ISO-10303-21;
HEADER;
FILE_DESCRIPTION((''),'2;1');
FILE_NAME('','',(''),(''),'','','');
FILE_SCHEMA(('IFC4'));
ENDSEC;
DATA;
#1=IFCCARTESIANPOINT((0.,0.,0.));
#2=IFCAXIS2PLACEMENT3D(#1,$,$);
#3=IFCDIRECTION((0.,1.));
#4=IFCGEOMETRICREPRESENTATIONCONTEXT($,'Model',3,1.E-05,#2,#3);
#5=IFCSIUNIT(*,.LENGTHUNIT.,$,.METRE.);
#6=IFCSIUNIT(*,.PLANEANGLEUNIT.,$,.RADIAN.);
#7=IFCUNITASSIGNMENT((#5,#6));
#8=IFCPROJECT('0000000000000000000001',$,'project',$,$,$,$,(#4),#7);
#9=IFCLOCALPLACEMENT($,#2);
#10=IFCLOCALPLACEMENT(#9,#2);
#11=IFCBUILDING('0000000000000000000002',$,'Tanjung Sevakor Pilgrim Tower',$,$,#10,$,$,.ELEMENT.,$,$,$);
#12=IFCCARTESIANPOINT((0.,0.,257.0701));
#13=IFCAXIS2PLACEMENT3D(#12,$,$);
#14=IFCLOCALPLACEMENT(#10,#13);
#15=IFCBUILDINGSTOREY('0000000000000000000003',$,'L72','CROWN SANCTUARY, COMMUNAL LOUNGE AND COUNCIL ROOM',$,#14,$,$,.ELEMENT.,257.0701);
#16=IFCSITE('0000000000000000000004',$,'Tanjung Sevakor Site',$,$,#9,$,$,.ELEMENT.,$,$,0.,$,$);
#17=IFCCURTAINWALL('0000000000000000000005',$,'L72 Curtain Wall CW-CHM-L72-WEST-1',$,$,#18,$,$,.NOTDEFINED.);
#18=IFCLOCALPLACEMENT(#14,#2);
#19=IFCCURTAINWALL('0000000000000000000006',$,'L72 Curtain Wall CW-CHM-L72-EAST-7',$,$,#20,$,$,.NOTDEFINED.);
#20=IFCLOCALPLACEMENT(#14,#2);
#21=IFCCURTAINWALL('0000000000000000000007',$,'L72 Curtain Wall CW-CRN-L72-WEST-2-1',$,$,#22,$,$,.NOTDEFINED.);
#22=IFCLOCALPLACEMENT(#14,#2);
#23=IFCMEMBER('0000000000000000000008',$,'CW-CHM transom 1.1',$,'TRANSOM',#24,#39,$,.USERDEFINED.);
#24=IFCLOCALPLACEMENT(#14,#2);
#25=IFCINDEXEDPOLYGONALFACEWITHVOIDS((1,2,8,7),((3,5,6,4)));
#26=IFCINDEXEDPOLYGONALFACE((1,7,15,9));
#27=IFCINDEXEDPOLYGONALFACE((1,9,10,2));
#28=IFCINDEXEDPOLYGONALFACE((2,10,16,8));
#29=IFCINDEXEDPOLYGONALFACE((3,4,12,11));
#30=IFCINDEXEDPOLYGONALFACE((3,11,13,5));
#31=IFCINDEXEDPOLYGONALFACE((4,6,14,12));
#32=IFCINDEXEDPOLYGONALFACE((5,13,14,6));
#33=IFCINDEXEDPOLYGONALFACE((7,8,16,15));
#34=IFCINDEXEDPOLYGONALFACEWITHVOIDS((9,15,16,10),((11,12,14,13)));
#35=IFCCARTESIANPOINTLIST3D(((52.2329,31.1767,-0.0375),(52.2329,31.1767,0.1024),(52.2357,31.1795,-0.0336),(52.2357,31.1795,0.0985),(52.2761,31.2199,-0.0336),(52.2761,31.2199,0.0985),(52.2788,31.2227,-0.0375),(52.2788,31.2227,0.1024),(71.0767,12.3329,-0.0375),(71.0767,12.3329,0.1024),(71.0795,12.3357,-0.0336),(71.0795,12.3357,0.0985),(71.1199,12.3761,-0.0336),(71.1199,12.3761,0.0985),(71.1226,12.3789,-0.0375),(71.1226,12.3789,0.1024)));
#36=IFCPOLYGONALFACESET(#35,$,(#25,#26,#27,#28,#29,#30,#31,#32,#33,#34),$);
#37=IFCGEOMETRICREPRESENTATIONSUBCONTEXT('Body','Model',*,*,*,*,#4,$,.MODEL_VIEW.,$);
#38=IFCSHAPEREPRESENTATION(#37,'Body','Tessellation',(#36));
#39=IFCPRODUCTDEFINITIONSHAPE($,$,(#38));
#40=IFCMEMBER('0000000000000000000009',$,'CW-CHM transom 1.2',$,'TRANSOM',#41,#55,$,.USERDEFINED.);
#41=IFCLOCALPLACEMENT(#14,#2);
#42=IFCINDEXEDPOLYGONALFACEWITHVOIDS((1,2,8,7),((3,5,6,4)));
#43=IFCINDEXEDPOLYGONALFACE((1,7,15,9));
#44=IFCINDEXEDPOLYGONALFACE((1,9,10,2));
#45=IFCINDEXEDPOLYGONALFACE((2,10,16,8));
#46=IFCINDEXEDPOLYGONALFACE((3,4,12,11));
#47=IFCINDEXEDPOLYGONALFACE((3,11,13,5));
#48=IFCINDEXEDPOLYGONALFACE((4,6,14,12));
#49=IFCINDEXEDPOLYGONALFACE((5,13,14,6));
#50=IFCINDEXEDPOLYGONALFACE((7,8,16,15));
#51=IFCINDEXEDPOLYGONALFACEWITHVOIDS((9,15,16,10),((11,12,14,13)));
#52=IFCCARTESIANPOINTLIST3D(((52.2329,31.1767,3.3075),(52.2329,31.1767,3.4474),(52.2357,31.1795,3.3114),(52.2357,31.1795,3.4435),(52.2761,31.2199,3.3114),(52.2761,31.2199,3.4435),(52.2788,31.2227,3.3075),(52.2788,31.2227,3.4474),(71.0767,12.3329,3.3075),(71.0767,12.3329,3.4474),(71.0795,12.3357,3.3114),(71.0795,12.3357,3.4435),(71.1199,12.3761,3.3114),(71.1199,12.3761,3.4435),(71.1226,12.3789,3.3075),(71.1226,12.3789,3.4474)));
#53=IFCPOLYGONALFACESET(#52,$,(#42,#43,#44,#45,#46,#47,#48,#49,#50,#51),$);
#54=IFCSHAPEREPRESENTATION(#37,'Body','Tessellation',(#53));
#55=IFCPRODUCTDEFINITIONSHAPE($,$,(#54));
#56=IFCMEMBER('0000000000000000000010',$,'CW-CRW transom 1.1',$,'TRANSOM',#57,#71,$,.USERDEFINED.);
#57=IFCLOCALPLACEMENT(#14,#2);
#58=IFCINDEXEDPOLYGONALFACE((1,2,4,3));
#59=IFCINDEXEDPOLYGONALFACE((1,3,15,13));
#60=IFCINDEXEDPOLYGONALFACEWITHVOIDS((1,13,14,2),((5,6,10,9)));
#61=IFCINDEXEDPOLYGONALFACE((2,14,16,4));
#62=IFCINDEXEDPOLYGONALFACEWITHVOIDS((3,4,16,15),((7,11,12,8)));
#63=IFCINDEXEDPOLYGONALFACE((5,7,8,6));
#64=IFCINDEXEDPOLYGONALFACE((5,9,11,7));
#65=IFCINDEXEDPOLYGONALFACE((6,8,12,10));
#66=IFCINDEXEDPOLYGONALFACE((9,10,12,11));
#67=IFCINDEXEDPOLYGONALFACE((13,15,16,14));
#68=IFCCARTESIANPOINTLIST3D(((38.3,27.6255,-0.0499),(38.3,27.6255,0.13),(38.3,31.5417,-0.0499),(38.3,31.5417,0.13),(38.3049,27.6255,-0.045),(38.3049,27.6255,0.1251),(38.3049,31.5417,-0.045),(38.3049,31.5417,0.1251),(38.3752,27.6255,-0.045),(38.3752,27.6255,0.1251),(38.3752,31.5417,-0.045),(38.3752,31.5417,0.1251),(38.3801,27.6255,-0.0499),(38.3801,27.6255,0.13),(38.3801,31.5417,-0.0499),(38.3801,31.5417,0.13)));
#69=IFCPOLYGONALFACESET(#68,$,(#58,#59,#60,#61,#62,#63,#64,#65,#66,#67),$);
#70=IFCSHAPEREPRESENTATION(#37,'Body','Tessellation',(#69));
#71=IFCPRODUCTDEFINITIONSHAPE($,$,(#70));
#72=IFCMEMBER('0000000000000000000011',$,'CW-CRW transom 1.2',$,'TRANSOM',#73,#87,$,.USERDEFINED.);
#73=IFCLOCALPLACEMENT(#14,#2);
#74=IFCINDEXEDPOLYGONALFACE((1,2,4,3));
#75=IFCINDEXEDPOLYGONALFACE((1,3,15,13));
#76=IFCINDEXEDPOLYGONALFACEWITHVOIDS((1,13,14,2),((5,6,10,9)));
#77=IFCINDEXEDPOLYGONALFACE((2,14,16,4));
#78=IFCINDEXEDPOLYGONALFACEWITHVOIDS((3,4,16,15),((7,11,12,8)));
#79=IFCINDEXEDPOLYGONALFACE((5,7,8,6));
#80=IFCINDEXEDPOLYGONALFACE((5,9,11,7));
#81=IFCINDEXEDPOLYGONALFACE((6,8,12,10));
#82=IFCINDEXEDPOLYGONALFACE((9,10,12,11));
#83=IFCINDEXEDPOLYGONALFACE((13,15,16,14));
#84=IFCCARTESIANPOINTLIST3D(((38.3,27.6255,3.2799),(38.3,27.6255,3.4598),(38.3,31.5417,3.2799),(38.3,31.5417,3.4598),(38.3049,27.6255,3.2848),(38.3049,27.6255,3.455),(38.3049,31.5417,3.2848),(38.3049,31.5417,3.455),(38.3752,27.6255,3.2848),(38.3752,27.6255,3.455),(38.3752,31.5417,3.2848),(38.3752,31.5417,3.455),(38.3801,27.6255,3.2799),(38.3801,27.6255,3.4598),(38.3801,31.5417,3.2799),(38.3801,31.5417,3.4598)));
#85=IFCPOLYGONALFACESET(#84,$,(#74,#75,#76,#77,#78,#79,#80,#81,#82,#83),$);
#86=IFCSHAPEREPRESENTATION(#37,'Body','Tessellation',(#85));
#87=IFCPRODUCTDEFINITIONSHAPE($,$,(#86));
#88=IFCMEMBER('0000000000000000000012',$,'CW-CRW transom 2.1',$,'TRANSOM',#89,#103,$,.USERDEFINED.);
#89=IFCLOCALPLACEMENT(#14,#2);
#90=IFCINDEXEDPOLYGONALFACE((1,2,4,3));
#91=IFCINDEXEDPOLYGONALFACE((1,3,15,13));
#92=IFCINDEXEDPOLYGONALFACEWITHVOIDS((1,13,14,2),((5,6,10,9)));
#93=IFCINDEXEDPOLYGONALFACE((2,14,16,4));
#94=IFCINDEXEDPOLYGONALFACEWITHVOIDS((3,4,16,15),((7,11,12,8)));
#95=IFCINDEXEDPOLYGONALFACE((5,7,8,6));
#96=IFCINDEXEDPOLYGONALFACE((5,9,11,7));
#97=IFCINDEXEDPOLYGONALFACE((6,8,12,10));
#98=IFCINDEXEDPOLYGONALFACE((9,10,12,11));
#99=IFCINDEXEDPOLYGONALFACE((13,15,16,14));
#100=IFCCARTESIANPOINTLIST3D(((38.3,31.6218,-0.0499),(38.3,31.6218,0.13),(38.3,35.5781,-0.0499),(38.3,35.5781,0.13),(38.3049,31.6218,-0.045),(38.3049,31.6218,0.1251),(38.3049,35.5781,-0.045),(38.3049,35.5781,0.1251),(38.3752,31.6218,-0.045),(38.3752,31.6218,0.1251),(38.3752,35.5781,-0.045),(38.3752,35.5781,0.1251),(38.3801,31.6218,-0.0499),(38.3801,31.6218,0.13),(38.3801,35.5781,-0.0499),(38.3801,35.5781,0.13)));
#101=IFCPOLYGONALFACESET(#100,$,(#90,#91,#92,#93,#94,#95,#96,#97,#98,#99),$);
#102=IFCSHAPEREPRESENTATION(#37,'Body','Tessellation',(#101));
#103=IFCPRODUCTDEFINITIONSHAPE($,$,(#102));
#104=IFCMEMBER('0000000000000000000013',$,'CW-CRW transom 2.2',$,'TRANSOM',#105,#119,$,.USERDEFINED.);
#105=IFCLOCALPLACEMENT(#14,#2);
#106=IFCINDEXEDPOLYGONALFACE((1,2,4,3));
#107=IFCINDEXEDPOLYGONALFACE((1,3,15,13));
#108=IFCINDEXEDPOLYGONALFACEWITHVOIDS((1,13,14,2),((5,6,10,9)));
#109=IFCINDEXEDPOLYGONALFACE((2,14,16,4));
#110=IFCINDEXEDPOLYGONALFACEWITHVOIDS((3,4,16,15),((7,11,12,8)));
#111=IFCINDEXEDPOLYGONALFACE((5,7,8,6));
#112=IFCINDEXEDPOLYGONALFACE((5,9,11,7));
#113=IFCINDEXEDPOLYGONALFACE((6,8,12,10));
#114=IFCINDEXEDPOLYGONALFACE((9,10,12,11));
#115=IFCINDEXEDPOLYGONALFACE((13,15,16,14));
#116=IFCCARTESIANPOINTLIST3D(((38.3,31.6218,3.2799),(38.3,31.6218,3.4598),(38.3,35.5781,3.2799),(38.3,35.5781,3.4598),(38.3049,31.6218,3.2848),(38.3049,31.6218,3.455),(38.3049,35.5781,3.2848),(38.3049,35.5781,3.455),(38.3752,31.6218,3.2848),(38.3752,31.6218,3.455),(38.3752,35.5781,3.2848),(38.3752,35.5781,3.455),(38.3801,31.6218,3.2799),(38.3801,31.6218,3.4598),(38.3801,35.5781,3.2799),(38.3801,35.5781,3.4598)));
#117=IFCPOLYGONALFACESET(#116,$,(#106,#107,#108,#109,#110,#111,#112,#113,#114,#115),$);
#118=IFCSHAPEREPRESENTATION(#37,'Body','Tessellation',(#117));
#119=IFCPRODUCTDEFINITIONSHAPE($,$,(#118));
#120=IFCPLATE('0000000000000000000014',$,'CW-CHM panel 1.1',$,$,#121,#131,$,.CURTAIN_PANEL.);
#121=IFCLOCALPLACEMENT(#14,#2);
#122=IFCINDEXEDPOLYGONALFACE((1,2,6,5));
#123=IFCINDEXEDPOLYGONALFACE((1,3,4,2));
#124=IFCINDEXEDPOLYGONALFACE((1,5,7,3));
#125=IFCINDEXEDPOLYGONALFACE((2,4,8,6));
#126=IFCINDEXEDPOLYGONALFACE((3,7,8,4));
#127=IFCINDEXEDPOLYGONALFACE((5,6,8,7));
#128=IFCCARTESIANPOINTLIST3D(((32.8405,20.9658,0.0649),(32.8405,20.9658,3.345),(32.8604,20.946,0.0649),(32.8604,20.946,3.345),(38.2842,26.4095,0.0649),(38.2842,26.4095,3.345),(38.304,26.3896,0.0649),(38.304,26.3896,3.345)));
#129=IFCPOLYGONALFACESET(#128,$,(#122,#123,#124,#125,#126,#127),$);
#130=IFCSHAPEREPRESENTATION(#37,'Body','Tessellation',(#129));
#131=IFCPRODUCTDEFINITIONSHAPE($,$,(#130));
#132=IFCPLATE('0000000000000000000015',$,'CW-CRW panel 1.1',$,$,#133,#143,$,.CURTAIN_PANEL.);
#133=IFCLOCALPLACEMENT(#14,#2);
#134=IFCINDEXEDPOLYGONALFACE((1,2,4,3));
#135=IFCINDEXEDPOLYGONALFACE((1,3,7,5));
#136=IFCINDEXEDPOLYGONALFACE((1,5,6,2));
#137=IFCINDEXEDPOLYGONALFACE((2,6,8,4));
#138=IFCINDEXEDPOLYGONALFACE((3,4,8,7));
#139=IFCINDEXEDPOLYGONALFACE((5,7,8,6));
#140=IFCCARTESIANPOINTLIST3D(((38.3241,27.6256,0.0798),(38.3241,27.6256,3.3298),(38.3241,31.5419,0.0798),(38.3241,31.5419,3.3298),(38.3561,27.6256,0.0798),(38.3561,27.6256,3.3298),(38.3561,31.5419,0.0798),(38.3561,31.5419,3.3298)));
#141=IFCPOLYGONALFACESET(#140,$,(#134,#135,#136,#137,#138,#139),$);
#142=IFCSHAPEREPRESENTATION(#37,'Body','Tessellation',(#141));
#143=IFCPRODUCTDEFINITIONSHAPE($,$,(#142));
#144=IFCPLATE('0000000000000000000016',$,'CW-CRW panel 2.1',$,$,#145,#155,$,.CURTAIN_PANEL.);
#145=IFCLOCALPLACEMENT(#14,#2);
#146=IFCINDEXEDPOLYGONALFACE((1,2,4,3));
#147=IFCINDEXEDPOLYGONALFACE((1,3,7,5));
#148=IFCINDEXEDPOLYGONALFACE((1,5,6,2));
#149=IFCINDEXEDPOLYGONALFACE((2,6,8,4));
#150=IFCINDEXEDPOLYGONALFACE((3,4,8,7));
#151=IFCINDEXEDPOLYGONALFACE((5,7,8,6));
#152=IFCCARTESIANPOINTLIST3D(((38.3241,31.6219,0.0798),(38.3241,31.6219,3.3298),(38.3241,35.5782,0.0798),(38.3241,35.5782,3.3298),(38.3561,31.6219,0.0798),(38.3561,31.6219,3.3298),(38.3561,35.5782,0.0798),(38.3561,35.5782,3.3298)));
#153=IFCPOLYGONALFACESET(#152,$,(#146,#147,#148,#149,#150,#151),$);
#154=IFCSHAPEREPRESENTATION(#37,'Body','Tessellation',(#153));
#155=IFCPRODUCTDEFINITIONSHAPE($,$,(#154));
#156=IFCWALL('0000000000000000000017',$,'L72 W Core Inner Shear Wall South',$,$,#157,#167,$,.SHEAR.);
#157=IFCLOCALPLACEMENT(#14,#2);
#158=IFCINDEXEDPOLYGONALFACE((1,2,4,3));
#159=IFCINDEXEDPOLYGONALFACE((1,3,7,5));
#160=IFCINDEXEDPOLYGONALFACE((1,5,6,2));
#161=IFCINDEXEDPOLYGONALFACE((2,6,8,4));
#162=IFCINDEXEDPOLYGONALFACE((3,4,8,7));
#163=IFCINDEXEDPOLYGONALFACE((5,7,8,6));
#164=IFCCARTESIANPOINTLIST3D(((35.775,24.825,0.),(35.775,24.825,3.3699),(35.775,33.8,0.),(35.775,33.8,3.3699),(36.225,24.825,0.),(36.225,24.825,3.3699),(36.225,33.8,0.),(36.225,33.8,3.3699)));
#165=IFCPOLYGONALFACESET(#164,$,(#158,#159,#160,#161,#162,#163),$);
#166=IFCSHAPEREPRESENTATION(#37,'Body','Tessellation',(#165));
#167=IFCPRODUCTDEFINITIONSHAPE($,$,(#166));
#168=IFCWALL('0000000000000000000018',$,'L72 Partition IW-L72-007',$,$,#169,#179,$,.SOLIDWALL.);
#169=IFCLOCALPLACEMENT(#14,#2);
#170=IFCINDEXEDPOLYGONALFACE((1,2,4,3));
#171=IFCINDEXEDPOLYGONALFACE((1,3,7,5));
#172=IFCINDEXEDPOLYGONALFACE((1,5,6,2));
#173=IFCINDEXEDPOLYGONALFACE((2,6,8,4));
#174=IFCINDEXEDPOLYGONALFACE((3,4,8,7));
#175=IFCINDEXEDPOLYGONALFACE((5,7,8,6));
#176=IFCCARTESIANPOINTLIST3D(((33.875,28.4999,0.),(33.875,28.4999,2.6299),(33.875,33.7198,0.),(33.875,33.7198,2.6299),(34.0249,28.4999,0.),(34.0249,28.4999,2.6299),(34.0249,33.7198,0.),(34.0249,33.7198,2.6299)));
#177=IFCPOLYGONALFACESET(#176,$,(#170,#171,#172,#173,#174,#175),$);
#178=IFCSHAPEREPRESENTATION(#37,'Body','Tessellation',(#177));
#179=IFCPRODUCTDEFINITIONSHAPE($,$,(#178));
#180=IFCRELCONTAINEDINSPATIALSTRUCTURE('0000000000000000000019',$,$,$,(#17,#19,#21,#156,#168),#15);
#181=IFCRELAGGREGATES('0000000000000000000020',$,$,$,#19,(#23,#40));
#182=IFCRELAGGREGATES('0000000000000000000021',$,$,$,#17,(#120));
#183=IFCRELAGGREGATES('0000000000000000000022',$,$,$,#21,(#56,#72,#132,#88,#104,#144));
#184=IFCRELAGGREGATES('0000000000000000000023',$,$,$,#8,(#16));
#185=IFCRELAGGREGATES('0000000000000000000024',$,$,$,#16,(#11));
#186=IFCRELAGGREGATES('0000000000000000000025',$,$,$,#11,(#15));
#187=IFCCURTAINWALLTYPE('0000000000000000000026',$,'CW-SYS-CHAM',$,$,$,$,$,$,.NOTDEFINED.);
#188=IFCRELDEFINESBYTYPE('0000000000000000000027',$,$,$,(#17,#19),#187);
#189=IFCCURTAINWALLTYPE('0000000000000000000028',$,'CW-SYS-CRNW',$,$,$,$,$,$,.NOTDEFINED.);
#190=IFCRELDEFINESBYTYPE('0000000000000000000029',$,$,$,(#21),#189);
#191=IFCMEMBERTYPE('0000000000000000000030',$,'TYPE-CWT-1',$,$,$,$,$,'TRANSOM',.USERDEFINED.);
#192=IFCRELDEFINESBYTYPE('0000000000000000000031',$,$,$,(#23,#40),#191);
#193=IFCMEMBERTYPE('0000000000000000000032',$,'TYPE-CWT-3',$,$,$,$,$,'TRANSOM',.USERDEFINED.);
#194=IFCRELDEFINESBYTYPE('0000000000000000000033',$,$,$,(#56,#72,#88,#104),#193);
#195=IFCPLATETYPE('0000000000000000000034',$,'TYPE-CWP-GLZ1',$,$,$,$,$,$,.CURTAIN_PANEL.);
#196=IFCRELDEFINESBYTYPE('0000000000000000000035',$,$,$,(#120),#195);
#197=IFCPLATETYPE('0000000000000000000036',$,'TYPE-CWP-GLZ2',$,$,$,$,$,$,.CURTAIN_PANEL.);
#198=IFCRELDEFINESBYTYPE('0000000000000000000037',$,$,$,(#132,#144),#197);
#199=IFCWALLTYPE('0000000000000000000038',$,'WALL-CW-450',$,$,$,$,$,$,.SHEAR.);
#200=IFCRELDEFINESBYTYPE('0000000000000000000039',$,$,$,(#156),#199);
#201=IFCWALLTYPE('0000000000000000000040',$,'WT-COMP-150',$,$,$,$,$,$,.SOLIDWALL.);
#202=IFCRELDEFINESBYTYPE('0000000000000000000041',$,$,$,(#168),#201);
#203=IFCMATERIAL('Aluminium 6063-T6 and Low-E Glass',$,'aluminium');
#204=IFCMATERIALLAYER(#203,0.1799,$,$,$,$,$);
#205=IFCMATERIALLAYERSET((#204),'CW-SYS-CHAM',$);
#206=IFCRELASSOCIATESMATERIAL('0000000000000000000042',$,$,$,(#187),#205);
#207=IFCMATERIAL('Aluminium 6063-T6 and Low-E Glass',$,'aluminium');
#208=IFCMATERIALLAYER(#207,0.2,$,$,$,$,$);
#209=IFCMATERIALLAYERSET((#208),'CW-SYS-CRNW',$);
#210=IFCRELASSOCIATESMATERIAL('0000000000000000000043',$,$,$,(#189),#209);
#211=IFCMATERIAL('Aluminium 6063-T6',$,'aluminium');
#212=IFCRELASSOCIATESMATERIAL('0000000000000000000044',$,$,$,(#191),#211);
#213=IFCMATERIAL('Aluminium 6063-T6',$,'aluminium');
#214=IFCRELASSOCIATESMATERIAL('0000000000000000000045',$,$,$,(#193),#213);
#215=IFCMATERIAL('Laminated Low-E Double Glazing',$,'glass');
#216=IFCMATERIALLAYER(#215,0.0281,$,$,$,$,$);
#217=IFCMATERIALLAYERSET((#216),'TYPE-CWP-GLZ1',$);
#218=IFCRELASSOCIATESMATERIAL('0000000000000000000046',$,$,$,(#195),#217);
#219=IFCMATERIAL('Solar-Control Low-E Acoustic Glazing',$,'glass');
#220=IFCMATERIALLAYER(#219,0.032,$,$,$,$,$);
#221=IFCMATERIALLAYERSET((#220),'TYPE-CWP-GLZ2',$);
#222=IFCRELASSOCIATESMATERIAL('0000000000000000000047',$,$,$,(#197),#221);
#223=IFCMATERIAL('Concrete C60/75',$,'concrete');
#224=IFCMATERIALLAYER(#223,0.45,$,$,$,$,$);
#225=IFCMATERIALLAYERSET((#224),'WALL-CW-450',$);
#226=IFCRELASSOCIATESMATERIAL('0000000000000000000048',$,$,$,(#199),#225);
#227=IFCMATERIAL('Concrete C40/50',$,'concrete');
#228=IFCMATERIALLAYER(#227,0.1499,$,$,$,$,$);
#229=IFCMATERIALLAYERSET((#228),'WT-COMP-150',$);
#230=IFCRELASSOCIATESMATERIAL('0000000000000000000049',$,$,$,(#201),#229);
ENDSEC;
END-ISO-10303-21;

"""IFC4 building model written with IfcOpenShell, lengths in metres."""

from ifc_helpers import new_model, si_unit, direction, frame, frame_2d, origin, origin_2d, place, context, subcontext, project, spatial, rectangle, hollow_rectangle, extrude, material, layer, layer_set, material_profile, profile_set, type_object, element, aggregate, save


model = new_model("IFC4")

# Units and contexts
model_context = context("Model", 3, precision=1e-05, world=origin(), true_north=direction((0.0, 1.0)))
body_context = subcontext(model_context, "Body", "Model", "MODEL_VIEW")
ifc_project = project(units=[si_unit("LENGTHUNIT", "METRE"), si_unit("PLANEANGLEUNIT", "RADIAN")], contexts=[model_context])

# Site, building, storey
site_placement = place(None, origin())
site = spatial("IfcSite", under=ifc_project, at=site_placement, Name="Tanjung Sevakor Site", CompositionType="ELEMENT", RefElevation=0.0)
building_placement = place(site_placement, origin())
building = spatial("IfcBuilding", under=site, at=building_placement, Name="Tanjung Sevakor Pilgrim Tower", CompositionType="ELEMENT")
storey_placement = place(building_placement, frame((0.0, 0.0, 257.0701)))
storey = spatial("IfcBuildingStorey", under=building, at=storey_placement, Name="L72", Description="CROWN SANCTUARY, COMMUNAL LOUNGE AND COUNCIL ROOM", CompositionType="ELEMENT", Elevation=257.0701)

# Curtain wall
ifc_material_1 = material(Name="Aluminium 6063-T6 and Low-E Glass", Category="aluminium")
ifc_layer_1 = layer(ifc_material_1, 0.1799)
ifc_layer_set_1 = layer_set([ifc_layer_1], Name="CW-SYS-CHAM")
curtain_wall_type_1 = type_object("IfcCurtainWallType", Name="CW-SYS-CHAM", PredefinedType="NOTDEFINED", material=ifc_layer_set_1)
curtain_wall_1_placement = place(storey_placement, origin())
curtain_wall_1 = element("IfcCurtainWall", 1, at=curtain_wall_1_placement, inside=storey, type_object=curtain_wall_type_1, Name="L72 Curtain Wall CW-CHM-L72-WEST-1", PredefinedType="NOTDEFINED")

# Curtain wall
curtain_wall_2_placement = place(storey_placement, origin())
curtain_wall_2 = element("IfcCurtainWall", 2, at=curtain_wall_2_placement, inside=storey, type_object=curtain_wall_type_1, Name="L72 Curtain Wall CW-CHM-L72-EAST-7", PredefinedType="NOTDEFINED")

# Curtain wall
ifc_material_2 = material(Name="Aluminium 6063-T6 and Low-E Glass", Category="aluminium")
ifc_layer_2 = layer(ifc_material_2, 0.2)
ifc_layer_set_2 = layer_set([ifc_layer_2], Name="CW-SYS-CRNW")
curtain_wall_type_2 = type_object("IfcCurtainWallType", Name="CW-SYS-CRNW", PredefinedType="NOTDEFINED", material=ifc_layer_set_2)
curtain_wall_3_placement = place(storey_placement, origin())
curtain_wall_3 = element("IfcCurtainWall", 3, at=curtain_wall_3_placement, inside=storey, type_object=curtain_wall_type_2, Name="L72 Curtain Wall CW-CRN-L72-WEST-2-1", PredefinedType="NOTDEFINED")

# Members
ifc_material_3 = material(Name="Aluminium 6063-T6", Category="aluminium")
ifc_material_profile_1 = material_profile(ifc_material_3, hollow_rectangle(XDim=0.0649, YDim=0.1399, WallThickness=0.0039, at=origin_2d()))
ifc_profile_set_1 = profile_set([ifc_material_profile_1], Name="Aluminium 6063-T6")
member_type_1 = type_object("IfcMemberType", Name="TYPE-CWT-1", ElementType="TRANSOM", PredefinedType="USERDEFINED", material=ifc_profile_set_1)
member_1_placement = place(storey_placement, frame((52.2559, 31.1997, 0.0325), z_axis=(0.707107, -0.707107, 0.0), x_axis=(0.707107, 0.707107, 0.0)))
member_1 = element("IfcMember", 4, at=member_1_placement, type_object=member_type_1, Name="CW-CHM transom 1.1", ObjectType="TRANSOM", PredefinedType="USERDEFINED", context=body_context, shape_type="SweptSolid", body=[
    extrude(hollow_rectangle(XDim=0.0649, YDim=0.1399, WallThickness=0.0039, at=origin_2d()), origin(), (0.0, 0.0, 1.0), 26.6492),
])
member_2_placement = place(storey_placement, frame((52.2559, 31.1997, 3.3774), z_axis=(0.707107, -0.707107, 0.0), x_axis=(0.707107, 0.707107, 0.0)))
member_2 = element("IfcMember", 5, at=member_2_placement, type_object=member_type_1, Name="CW-CHM transom 1.2", ObjectType="TRANSOM", PredefinedType="USERDEFINED", context=body_context, shape_type="SweptSolid", body=[
    extrude(hollow_rectangle(XDim=0.0649, YDim=0.1399, WallThickness=0.0039, at=origin_2d()), origin(), (0.0, 0.0, 1.0), 26.6492),
])
aggregate(curtain_wall_2, [member_1, member_2])
ifc_material_4 = material(Name="Aluminium 6063-T6", Category="aluminium")
ifc_material_profile_2 = material_profile(ifc_material_4, hollow_rectangle(XDim=0.0801, YDim=0.1799, WallThickness=0.0049, at=origin_2d()))
ifc_profile_set_2 = profile_set([ifc_material_profile_2], Name="Aluminium 6063-T6")
member_type_2 = type_object("IfcMemberType", Name="TYPE-CWT-3", ElementType="TRANSOM", PredefinedType="USERDEFINED", material=ifc_profile_set_2)
member_3_placement = place(storey_placement, frame((38.3401, 27.6255, 0.04), z_axis=(0.0, 1.0, 0.0), x_axis=(-1.0, 0.0, 0.0)))
member_3 = element("IfcMember", 6, at=member_3_placement, type_object=member_type_2, Name="CW-CRW transom 1.1", ObjectType="TRANSOM", PredefinedType="USERDEFINED", context=body_context, shape_type="SweptSolid", body=[
    extrude(hollow_rectangle(XDim=0.0801, YDim=0.1799, WallThickness=0.0049, at=origin_2d()), origin(), (0.0, 0.0, 1.0), 3.9163),
])
member_4_placement = place(storey_placement, frame((38.3401, 27.6255, 3.3699), z_axis=(0.0, 1.0, 0.0), x_axis=(-1.0, 0.0, 0.0)))
member_4 = element("IfcMember", 7, at=member_4_placement, type_object=member_type_2, Name="CW-CRW transom 1.2", ObjectType="TRANSOM", PredefinedType="USERDEFINED", context=body_context, shape_type="SweptSolid", body=[
    extrude(hollow_rectangle(XDim=0.0801, YDim=0.1799, WallThickness=0.0049, at=origin_2d()), origin(), (0.0, 0.0, 1.0), 3.9163),
])
member_5_placement = place(storey_placement, frame((38.3401, 31.6218, 0.04), z_axis=(0.0, 1.0, 0.0), x_axis=(-1.0, 0.0, 0.0)))
member_5 = element("IfcMember", 8, at=member_5_placement, type_object=member_type_2, Name="CW-CRW transom 2.1", ObjectType="TRANSOM", PredefinedType="USERDEFINED", context=body_context, shape_type="SweptSolid", body=[
    extrude(hollow_rectangle(XDim=0.0801, YDim=0.1799, WallThickness=0.0049, at=origin_2d()), origin(), (0.0, 0.0, 1.0), 3.9563),
])
member_6_placement = place(storey_placement, frame((38.3401, 31.6218, 3.3699), z_axis=(0.0, 1.0, 0.0), x_axis=(-1.0, 0.0, 0.0)))
member_6 = element("IfcMember", 9, at=member_6_placement, type_object=member_type_2, Name="CW-CRW transom 2.2", ObjectType="TRANSOM", PredefinedType="USERDEFINED", context=body_context, shape_type="SweptSolid", body=[
    extrude(hollow_rectangle(XDim=0.0801, YDim=0.1799, WallThickness=0.0049, at=origin_2d()), origin(), (0.0, 0.0, 1.0), 3.9563),
])

# Plates
ifc_material_5 = material(Name="Laminated Low-E Double Glazing", Category="glass")
ifc_layer_3 = layer(ifc_material_5, 0.0281)
ifc_layer_set_3 = layer_set([ifc_layer_3], Name="TYPE-CWP-GLZ1")
plate_type_1 = type_object("IfcPlateType", Name="TYPE-CWP-GLZ1", PredefinedType="CURTAIN_PANEL", material=ifc_layer_set_3)
plate_1_placement = place(storey_placement, frame((35.5723, 23.6777, 0.0649), z_axis=(0.0, 0.0, 1.0), x_axis=(0.707107, 0.707107, 0.0)))
plate_1 = element("IfcPlate", 10, at=plate_1_placement, type_object=plate_type_1, Name="CW-CHM panel 1.1", PredefinedType="CURTAIN_PANEL", context=body_context, shape_type="SweptSolid", body=[
    extrude(rectangle(XDim=7.6985, YDim=0.0281, at=origin_2d()), origin(), (0.0, 0.0, 1.0), 3.28),
])
aggregate(curtain_wall_1, [plate_1])
ifc_material_6 = material(Name="Solar-Control Low-E Acoustic Glazing", Category="glass")
ifc_layer_4 = layer(ifc_material_6, 0.032)
ifc_layer_set_4 = layer_set([ifc_layer_4], Name="TYPE-CWP-GLZ2")
plate_type_2 = type_object("IfcPlateType", Name="TYPE-CWP-GLZ2", PredefinedType="CURTAIN_PANEL", material=ifc_layer_set_4)
plate_2_placement = place(storey_placement, frame((38.3401, 29.5837, 0.0798), z_axis=(0.0, 0.0, 1.0), x_axis=(0.0, 1.0, 0.0)))
plate_2 = element("IfcPlate", 11, at=plate_2_placement, type_object=plate_type_2, Name="CW-CRW panel 1.1", PredefinedType="CURTAIN_PANEL", context=body_context, shape_type="SweptSolid", body=[
    extrude(rectangle(XDim=3.9163, YDim=0.032, at=origin_2d()), origin(), (0.0, 0.0, 1.0), 3.25),
])
plate_3_placement = place(storey_placement, frame((38.3401, 33.6001, 0.0798), z_axis=(0.0, 0.0, 1.0), x_axis=(0.0, 1.0, 0.0)))
plate_3 = element("IfcPlate", 12, at=plate_3_placement, type_object=plate_type_2, Name="CW-CRW panel 2.1", PredefinedType="CURTAIN_PANEL", context=body_context, shape_type="SweptSolid", body=[
    extrude(rectangle(XDim=3.9563, YDim=0.032, at=origin_2d()), origin(), (0.0, 0.0, 1.0), 3.25),
])
aggregate(curtain_wall_3, [member_3, member_4, plate_2, member_5, member_6, plate_3])

# Walls
ifc_material_7 = material(Name="Concrete C60/75", Category="concrete")
ifc_layer_5 = layer(ifc_material_7, 0.45)
ifc_layer_set_5 = layer_set([ifc_layer_5], Name="WALL-CW-450")
wall_type_1 = type_object("IfcWallType", Name="WALL-CW-450", PredefinedType="SHEAR", material=ifc_layer_set_5)
wall_1_placement = place(storey_placement, frame((36.0, 24.825, 0.0), z_axis=(0.0, 0.0, 1.0), x_axis=(0.0, 1.0, 0.0)))
element("IfcWall", 13, at=wall_1_placement, inside=storey, type_object=wall_type_1, Name="L72 W Core Inner Shear Wall South", PredefinedType="SHEAR", context=body_context, shape_type="SweptSolid", body=[
    extrude(rectangle(XDim=8.9751, YDim=0.45, at=frame_2d((4.4875, 0.0))), origin(), (0.0, 0.0, 1.0), 3.3699),
])
ifc_material_8 = material(Name="Concrete C40/50", Category="concrete")
ifc_layer_6 = layer(ifc_material_8, 0.1499)
ifc_layer_set_6 = layer_set([ifc_layer_6], Name="WT-COMP-150")
wall_type_2 = type_object("IfcWallType", Name="WT-COMP-150", PredefinedType="SOLIDWALL", material=ifc_layer_set_6)
wall_2_placement = place(storey_placement, frame((33.95, 28.5, 0.0), z_axis=(0.0, 0.0, 1.0), x_axis=(0.0, 1.0, 0.0)))
element("IfcWall", 14, at=wall_2_placement, inside=storey, type_object=wall_type_2, Name="L72 Partition IW-L72-007", PredefinedType="SOLIDWALL", context=body_context, shape_type="SweptSolid", body=[
    extrude(rectangle(XDim=5.22, YDim=0.1499, at=frame_2d((2.6099, 0.0))), origin(), (0.0, 0.0, 1.0), 2.6299),
])

save(model, "model.ifc")
